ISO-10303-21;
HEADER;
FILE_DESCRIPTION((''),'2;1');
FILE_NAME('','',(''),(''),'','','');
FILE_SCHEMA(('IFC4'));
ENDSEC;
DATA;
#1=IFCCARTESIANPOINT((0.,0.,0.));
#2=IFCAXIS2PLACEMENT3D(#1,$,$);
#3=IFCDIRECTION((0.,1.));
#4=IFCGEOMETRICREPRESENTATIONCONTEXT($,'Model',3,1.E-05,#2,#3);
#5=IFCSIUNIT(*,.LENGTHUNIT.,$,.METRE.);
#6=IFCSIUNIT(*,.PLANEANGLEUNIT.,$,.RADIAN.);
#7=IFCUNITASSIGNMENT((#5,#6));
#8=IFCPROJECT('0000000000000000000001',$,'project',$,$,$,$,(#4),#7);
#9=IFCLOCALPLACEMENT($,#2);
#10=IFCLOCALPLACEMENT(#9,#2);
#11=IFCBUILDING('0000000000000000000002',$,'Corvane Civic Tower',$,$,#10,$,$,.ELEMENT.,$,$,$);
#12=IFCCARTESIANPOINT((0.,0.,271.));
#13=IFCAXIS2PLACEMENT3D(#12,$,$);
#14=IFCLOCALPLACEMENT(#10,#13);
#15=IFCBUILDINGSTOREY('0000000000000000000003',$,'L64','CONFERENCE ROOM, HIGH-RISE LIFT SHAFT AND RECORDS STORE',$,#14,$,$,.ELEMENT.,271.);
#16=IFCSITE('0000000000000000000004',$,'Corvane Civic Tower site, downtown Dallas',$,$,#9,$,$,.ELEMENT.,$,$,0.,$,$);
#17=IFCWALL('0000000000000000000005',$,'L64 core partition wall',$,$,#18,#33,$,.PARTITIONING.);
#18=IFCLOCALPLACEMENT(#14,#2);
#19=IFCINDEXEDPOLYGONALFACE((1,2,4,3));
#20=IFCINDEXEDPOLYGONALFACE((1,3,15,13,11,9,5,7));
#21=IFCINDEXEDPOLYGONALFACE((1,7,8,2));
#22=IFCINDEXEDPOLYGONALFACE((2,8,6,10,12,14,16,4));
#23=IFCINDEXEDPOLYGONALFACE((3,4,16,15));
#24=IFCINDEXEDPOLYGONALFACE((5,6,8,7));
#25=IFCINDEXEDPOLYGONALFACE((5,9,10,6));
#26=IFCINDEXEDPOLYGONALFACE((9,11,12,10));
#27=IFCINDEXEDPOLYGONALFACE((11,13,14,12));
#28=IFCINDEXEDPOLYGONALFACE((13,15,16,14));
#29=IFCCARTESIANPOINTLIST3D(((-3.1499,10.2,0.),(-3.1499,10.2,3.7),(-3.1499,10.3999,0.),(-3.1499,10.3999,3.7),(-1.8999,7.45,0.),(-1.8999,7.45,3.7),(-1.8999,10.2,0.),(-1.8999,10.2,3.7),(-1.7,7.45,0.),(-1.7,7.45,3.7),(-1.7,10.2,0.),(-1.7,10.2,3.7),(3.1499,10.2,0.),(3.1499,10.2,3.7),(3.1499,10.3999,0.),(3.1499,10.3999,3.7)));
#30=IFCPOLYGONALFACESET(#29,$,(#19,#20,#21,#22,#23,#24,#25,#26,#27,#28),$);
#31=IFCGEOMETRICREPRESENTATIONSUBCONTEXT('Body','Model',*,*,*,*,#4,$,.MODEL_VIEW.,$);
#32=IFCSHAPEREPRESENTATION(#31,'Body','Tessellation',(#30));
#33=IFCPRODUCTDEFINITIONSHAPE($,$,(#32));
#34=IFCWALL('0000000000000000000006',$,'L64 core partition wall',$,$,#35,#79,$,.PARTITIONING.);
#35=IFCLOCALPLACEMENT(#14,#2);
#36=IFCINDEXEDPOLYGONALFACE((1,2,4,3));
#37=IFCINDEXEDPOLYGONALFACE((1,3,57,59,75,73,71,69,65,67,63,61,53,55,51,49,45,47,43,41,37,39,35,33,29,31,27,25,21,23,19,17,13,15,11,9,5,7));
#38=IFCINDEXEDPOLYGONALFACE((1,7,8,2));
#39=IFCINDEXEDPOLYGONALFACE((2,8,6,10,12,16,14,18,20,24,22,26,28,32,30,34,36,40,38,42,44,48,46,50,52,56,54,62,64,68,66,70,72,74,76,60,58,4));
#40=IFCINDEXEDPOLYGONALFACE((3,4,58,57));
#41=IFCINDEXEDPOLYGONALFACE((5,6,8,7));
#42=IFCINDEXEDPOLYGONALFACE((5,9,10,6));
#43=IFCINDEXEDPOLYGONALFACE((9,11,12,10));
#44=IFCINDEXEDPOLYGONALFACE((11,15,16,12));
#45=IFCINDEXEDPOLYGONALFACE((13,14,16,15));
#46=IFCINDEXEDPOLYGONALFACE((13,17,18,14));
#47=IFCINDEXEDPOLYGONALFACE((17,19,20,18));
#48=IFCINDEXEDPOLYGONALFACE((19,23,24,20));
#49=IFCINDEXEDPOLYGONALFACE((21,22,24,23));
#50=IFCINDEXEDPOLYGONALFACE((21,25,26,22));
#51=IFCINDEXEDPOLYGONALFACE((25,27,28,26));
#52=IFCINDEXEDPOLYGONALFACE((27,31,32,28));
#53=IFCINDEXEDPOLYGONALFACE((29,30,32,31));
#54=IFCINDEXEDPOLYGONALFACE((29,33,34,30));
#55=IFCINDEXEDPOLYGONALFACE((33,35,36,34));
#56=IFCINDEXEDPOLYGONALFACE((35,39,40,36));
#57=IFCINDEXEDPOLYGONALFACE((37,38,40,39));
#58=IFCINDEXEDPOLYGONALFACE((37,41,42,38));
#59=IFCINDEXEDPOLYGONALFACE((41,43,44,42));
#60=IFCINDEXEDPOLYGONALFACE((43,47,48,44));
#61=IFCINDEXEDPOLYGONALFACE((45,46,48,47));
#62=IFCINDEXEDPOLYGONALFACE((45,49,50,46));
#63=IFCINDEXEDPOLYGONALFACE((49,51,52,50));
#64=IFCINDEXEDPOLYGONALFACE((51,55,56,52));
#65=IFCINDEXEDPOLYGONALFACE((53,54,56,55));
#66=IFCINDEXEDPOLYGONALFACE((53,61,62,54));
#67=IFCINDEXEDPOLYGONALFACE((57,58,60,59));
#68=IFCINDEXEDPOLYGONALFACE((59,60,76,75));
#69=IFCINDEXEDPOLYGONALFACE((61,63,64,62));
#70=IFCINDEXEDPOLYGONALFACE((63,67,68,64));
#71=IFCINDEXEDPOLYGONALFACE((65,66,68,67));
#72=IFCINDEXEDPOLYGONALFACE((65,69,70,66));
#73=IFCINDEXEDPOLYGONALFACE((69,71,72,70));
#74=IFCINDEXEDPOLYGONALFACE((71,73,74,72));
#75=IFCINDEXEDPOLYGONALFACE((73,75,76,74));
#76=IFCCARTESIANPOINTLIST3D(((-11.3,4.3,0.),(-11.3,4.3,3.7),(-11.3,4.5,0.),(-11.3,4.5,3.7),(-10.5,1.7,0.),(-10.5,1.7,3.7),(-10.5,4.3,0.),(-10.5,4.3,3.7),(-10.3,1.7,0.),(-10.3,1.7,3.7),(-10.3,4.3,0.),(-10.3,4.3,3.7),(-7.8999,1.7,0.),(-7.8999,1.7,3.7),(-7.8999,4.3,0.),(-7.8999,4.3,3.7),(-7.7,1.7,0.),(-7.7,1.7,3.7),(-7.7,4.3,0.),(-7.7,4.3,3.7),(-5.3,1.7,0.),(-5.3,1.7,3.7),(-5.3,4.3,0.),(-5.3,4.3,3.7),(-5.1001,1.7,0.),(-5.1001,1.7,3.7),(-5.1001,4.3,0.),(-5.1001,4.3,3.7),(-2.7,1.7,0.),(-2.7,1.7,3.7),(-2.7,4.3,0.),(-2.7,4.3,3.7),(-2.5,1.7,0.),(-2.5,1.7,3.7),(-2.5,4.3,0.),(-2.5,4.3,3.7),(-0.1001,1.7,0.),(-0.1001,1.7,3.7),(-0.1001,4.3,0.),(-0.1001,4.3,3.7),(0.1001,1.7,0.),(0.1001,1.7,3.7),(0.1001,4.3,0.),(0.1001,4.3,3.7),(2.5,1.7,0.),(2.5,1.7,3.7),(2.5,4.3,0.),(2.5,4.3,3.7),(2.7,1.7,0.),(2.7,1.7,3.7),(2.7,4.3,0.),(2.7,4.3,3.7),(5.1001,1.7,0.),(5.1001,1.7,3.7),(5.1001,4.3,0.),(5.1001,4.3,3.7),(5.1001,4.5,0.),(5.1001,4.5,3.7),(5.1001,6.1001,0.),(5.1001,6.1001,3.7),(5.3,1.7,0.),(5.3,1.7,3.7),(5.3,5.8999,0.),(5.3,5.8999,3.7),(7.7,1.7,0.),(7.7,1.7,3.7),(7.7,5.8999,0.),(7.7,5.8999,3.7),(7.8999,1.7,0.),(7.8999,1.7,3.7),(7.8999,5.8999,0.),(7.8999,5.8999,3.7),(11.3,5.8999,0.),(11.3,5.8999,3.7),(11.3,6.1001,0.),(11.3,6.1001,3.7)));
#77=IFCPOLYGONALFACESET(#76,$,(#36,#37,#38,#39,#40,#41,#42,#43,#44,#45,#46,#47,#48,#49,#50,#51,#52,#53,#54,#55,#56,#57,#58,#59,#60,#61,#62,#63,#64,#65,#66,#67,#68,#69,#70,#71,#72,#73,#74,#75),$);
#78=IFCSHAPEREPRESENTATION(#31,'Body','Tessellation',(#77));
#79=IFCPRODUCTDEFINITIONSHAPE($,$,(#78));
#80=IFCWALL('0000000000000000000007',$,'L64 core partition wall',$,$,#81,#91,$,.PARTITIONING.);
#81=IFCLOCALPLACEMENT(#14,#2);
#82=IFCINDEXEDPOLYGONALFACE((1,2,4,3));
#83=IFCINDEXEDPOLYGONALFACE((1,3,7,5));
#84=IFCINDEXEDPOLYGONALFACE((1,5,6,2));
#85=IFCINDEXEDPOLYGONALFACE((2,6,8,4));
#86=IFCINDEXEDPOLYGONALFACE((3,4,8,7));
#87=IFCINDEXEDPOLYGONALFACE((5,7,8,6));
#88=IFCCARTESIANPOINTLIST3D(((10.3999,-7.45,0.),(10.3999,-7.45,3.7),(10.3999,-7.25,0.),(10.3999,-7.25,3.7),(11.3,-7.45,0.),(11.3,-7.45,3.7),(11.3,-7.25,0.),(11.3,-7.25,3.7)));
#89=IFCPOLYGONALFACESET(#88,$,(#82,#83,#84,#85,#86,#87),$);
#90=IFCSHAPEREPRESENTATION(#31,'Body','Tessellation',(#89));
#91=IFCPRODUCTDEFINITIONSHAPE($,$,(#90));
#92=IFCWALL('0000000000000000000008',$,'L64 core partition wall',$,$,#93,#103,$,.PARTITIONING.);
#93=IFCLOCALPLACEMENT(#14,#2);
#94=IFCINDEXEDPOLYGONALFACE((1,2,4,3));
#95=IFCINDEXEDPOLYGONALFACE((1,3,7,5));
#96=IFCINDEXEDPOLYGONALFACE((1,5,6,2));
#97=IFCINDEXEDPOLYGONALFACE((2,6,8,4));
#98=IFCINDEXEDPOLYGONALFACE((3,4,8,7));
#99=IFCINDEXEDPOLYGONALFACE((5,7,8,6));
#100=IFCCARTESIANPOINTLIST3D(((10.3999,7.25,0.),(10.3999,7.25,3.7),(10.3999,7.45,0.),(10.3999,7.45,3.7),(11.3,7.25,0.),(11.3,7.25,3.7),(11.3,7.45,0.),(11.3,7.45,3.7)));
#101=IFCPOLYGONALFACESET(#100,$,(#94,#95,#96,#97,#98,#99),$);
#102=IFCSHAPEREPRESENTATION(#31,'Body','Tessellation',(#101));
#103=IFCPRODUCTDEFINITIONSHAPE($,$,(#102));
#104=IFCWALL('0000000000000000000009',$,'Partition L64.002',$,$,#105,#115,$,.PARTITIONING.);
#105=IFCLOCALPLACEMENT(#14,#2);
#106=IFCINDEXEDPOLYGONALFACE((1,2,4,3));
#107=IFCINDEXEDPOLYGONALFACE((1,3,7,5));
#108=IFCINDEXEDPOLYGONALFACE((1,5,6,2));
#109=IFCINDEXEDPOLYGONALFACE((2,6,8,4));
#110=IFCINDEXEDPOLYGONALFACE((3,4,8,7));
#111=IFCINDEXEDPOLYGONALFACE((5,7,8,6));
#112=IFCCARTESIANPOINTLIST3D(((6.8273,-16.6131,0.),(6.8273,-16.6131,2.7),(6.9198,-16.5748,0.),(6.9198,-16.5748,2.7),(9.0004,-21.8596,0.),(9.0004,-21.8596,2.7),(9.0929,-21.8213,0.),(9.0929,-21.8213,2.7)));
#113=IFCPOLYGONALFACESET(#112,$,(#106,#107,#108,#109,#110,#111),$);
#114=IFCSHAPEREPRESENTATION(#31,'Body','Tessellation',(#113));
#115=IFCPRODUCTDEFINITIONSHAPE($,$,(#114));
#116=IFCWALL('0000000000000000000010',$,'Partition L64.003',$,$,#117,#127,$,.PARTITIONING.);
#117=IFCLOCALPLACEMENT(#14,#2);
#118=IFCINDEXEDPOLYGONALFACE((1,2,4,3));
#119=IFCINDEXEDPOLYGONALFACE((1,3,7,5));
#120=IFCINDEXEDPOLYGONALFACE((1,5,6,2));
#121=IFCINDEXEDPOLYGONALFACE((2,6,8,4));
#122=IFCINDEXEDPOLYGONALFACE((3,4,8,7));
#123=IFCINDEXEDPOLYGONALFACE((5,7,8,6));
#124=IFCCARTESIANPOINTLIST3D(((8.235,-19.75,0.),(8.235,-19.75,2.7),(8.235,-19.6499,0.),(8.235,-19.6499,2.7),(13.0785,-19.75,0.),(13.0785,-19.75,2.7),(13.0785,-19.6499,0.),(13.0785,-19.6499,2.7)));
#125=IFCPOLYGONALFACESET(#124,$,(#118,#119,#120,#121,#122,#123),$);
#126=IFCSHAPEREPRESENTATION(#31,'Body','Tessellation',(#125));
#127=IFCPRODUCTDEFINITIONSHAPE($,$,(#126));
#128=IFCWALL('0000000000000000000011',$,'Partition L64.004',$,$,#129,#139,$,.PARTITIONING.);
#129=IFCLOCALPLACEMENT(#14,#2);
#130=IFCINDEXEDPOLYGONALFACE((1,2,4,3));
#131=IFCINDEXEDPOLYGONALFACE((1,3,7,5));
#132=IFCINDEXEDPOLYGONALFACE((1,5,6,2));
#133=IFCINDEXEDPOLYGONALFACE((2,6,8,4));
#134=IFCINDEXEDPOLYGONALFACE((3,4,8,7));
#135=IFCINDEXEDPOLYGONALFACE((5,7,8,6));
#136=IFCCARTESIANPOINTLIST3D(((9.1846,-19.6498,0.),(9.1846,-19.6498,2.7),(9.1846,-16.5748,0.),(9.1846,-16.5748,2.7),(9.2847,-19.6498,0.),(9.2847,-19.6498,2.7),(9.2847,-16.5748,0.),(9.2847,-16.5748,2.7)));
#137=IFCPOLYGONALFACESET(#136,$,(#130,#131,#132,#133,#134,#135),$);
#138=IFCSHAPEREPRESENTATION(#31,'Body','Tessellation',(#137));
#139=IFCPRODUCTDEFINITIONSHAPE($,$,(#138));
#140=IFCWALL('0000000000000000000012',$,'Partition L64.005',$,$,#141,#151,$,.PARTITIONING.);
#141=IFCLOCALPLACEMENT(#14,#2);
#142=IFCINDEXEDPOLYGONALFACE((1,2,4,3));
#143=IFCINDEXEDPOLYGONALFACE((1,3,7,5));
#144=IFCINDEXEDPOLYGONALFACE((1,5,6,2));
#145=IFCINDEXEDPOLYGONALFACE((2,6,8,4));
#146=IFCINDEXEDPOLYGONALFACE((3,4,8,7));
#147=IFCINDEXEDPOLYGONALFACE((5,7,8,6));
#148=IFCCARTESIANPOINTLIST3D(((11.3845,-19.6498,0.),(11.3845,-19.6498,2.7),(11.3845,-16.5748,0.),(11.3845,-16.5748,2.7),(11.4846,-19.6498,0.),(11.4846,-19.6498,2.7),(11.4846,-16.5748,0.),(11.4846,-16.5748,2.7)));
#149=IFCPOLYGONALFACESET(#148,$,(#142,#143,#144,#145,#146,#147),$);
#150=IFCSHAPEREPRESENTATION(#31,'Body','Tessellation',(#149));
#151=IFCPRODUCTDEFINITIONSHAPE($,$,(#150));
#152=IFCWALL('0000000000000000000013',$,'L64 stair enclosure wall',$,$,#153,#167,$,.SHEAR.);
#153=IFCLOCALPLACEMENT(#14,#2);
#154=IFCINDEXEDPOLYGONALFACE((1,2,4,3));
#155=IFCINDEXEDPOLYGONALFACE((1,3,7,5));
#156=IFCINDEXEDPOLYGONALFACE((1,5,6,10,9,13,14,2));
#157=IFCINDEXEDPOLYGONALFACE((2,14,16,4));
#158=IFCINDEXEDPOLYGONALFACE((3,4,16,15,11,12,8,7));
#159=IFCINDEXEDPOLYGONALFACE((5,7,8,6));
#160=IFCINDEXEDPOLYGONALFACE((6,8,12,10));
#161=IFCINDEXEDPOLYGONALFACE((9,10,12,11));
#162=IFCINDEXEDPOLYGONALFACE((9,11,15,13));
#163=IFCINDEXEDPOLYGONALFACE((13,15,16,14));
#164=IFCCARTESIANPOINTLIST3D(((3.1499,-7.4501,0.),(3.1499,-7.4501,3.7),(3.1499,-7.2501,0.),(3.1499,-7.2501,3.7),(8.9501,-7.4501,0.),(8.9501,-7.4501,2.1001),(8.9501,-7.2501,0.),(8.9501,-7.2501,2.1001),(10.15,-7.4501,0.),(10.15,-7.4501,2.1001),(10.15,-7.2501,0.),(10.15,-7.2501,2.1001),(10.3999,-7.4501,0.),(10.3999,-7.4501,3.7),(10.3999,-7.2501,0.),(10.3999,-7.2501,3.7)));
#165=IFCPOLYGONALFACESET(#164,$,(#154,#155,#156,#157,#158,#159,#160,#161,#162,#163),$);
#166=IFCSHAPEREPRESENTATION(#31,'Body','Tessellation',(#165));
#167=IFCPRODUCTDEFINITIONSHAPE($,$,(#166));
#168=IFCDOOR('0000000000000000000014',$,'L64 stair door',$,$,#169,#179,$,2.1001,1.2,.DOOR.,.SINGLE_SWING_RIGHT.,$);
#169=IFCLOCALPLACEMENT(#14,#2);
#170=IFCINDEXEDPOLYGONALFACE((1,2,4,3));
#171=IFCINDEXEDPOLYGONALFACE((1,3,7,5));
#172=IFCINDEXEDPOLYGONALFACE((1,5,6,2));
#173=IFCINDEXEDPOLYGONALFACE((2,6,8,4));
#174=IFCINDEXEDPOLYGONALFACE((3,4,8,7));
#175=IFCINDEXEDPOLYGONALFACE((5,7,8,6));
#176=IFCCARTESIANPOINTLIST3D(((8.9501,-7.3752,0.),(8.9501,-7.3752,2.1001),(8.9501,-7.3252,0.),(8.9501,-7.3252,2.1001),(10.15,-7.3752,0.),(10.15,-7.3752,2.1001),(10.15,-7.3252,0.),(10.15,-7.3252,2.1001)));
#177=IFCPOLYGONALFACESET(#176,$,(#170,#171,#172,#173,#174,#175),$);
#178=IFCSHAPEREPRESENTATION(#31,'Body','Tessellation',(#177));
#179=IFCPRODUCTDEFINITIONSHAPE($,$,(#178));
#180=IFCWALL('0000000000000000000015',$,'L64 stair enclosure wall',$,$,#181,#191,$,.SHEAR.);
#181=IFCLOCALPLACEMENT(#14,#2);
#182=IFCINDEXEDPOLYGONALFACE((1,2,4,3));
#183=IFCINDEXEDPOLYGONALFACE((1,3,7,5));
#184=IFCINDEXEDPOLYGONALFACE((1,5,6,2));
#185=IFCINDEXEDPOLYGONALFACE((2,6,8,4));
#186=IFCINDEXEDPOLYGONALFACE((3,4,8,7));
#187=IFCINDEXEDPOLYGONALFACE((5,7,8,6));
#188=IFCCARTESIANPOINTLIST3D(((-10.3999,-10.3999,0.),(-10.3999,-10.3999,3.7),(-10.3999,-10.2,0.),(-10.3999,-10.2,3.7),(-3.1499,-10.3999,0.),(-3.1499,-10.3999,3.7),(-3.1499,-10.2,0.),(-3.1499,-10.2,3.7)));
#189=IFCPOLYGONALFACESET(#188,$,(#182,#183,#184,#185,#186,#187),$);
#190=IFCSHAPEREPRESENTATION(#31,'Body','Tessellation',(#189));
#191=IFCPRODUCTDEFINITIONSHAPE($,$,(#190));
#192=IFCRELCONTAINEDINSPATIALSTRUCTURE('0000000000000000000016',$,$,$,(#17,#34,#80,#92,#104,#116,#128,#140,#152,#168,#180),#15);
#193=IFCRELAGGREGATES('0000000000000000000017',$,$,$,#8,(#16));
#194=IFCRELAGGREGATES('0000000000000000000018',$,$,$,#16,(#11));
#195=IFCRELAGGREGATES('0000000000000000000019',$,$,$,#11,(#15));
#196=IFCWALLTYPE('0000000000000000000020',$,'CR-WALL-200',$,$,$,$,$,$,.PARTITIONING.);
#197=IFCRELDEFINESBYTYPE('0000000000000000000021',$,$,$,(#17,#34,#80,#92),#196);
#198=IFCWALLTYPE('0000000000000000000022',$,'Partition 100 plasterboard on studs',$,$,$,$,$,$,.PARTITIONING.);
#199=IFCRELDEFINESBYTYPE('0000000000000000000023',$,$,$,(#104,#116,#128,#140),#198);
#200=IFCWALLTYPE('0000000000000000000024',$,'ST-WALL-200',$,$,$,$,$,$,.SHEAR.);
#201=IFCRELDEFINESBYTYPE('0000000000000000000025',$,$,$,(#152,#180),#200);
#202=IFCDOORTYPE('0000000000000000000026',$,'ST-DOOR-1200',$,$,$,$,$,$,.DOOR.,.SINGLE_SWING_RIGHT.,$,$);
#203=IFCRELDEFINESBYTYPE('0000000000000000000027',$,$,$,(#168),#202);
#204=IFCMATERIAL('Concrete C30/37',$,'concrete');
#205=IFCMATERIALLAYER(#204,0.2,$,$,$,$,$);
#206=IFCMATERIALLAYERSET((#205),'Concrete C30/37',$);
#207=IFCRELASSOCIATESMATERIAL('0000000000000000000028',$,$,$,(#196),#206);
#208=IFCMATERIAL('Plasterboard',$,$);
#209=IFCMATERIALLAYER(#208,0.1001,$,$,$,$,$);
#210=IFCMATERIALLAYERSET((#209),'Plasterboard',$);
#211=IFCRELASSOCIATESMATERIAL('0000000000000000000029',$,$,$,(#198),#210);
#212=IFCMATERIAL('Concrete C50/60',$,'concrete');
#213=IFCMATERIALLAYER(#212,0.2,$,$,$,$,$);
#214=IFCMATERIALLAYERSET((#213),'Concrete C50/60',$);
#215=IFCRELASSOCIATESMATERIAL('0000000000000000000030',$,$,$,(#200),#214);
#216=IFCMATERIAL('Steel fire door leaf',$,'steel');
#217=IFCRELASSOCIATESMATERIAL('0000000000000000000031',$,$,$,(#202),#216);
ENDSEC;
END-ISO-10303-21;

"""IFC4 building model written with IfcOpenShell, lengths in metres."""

from ifc_helpers import new_model, si_unit, direction, frame, frame_2d, origin, place, context, subcontext, project, spatial, polyline, rectangle, outline, extrude, material, layer, layer_set, type_object, element, fill, save


model = new_model("IFC4")

# Units and contexts
model_context = context("Model", 3, precision=1e-05, world=origin(), true_north=direction((0.0, 1.0)))
body_context = subcontext(model_context, "Body", "Model", "MODEL_VIEW")
ifc_project = project(units=[si_unit("LENGTHUNIT", "METRE"), si_unit("PLANEANGLEUNIT", "RADIAN")], contexts=[model_context])

# Site, building, storey
site_placement = place(None, origin())
site = spatial("IfcSite", under=ifc_project, at=site_placement, Name="Corvane Civic Tower site, downtown Dallas", CompositionType="ELEMENT", RefElevation=0.0)
building_placement = place(site_placement, origin())
building = spatial("IfcBuilding", under=site, at=building_placement, Name="Corvane Civic Tower", CompositionType="ELEMENT")
storey_placement = place(building_placement, frame((0.0, 0.0, 271.0)))
storey = spatial("IfcBuildingStorey", under=building, at=storey_placement, Name="L64", Description="CONFERENCE ROOM, HIGH-RISE LIFT SHAFT AND RECORDS STORE", CompositionType="ELEMENT", Elevation=271.0)

# Shared definitions
ifc_material_1 = material(Name="Concrete C30/37", Category="concrete")
ifc_layer_1 = layer(ifc_material_1, 0.2)
ifc_layer_set_1 = layer_set([ifc_layer_1], Name="Concrete C30/37")
wall_type_1 = type_object("IfcWallType", Name="CR-WALL-200", PredefinedType="PARTITIONING", material=ifc_layer_set_1)

# Walls
wall_1_placement = place(storey_placement, origin())
element("IfcWall", 1, at=wall_1_placement, inside=storey, type_object=wall_type_1, Name="L64 core partition wall", PredefinedType="PARTITIONING", context=body_context, shape_type="SweptSolid", body=[
    extrude(outline(polyline([(3.1499, 10.3999), (3.1499, 10.2), (-1.7, 10.2), (-1.7, 7.45), (-1.8999, 7.45), (-1.8999, 10.2), (-3.1499, 10.2), (-3.1499, 10.3999), (3.1499, 10.3999)])), origin(), (0.0, 0.0, 1.0), 3.7),
])
wall_2_placement = place(storey_placement, origin())
element("IfcWall", 2, at=wall_2_placement, inside=storey, type_object=wall_type_1, Name="L64 core partition wall", PredefinedType="PARTITIONING", context=body_context, shape_type="SweptSolid", body=[
    extrude(outline(polyline([(-10.5, 1.7), (-10.5, 4.3), (-11.3, 4.3), (-11.3, 4.5), (5.1001, 4.5), (5.1001, 6.1001), (11.3, 6.1001), (11.3, 5.8999), (7.8999, 5.8999), (7.8999, 1.7), (7.7, 1.7), (7.7, 5.8999), (5.3, 5.8999), (5.3, 1.7), (5.1001, 1.7), (5.1001, 4.3), (2.7, 4.3), (2.7, 1.7), (2.5, 1.7), (2.5, 4.3), (0.1001, 4.3), (0.1001, 1.7), (-0.1001, 1.7), (-0.1001, 4.3), (-2.5, 4.3), (-2.5, 1.7), (-2.7, 1.7), (-2.7, 4.3), (-5.1001, 4.3), (-5.1001, 1.7), (-5.3, 1.7), (-5.3, 4.3), (-7.7, 4.3), (-7.7, 1.7), (-7.8999, 1.7), (-7.8999, 4.3), (-10.3, 4.3), (-10.3, 1.7), (-10.5, 1.7)])), origin(), (0.0, 0.0, 1.0), 3.7),
])
wall_3_placement = place(storey_placement, origin())
element("IfcWall", 3, at=wall_3_placement, inside=storey, type_object=wall_type_1, Name="L64 core partition wall", PredefinedType="PARTITIONING", context=body_context, shape_type="SweptSolid", body=[
    extrude(outline(polyline([(11.3, -7.45), (10.3999, -7.45), (10.3999, -7.25), (11.3, -7.25), (11.3, -7.45)])), origin(), (0.0, 0.0, 1.0), 3.7),
])
wall_4_placement = place(storey_placement, origin())
element("IfcWall", 4, at=wall_4_placement, inside=storey, type_object=wall_type_1, Name="L64 core partition wall", PredefinedType="PARTITIONING", context=body_context, shape_type="SweptSolid", body=[
    extrude(outline(polyline([(10.3999, 7.25), (10.3999, 7.45), (11.3, 7.45), (11.3, 7.25), (10.3999, 7.25)])), origin(), (0.0, 0.0, 1.0), 3.7),
])
ifc_material_2 = material(Name="Plasterboard")
ifc_layer_2 = layer(ifc_material_2, 0.1001)
ifc_layer_set_2 = layer_set([ifc_layer_2], Name="Plasterboard")
wall_type_2 = type_object("IfcWallType", Name="Partition 100 plasterboard on studs", PredefinedType="PARTITIONING", material=ifc_layer_set_2)
wall_5_placement = place(storey_placement, frame((6.8735, -16.594, 0.0), z_axis=(0.0, 0.0, 1.0), x_axis=(0.382682, -0.92388, 0.0)))
element("IfcWall", 5, at=wall_5_placement, inside=storey, type_object=wall_type_2, Name="Partition L64.002", PredefinedType="PARTITIONING", context=body_context, shape_type="SweptSolid", body=[
    extrude(rectangle(XDim=5.6787, YDim=0.1001, at=frame_2d((2.8394, 0.0))), origin(), (0.0, 0.0, 1.0), 2.7),
])
wall_6_placement = place(storey_placement, frame((8.2349, -19.7, 0.0), z_axis=(0.0, 0.0, 1.0), x_axis=(1.0, 0.0, 0.0)))
element("IfcWall", 6, at=wall_6_placement, inside=storey, type_object=wall_type_2, Name="Partition L64.003", PredefinedType="PARTITIONING", context=body_context, shape_type="SweptSolid", body=[
    extrude(rectangle(XDim=4.8435, YDim=0.1001, at=frame_2d((2.4219, 0.0))), origin(), (0.0, 0.0, 1.0), 2.7),
])
for number, where, z_axis, x_axis, name in (
    (7, (9.2346, -19.6499, 0.0), (0.0, 0.0, 1.0), (0.0, 1.0, 0.0), "Partition L64.004"),
    (8, (11.4346, -19.6499, 0.0), (0.0, 0.0, 1.0), (0.0, 1.0, 0.0), "Partition L64.005"),
):
    element("IfcWall", number, at=place(storey_placement, frame(where, z_axis=z_axis, x_axis=x_axis)), inside=storey, type_object=wall_type_2, Name=name, PredefinedType="PARTITIONING", context=body_context, shape_type="SweptSolid", body=[
        extrude(rectangle(XDim=3.075, YDim=0.1001, at=frame_2d((1.5376, 0.0))), origin(), (0.0, 0.0, 1.0), 2.7),
    ])

# Wall, opening, door
ifc_material_3 = material(Name="Concrete C50/60", Category="concrete")
ifc_layer_3 = layer(ifc_material_3, 0.2)
ifc_layer_set_3 = layer_set([ifc_layer_3], Name="Concrete C50/60")
wall_type_3 = type_object("IfcWallType", Name="ST-WALL-200", PredefinedType="SHEAR", material=ifc_layer_set_3)
wall_7_placement = place(storey_placement, frame((3.1499, -7.3501, 0.0), z_axis=(0.0, 0.0, 1.0), x_axis=(1.0, 0.0, 0.0)))
wall_7 = element("IfcWall", 9, at=wall_7_placement, inside=storey, type_object=wall_type_3, Name="L64 stair enclosure wall", PredefinedType="SHEAR", context=body_context, shape_type="SweptSolid", body=[
    extrude(rectangle(XDim=7.25, YDim=0.2, at=frame_2d((3.625, 0.0))), origin(), (0.0, 0.0, 1.0), 3.7),
])
opening_1_placement = place(wall_7_placement, frame((5.8, 0.0, 0.0)))
opening_1 = element("IfcOpeningElement", 10, at=opening_1_placement, cuts=wall_7, PredefinedType="OPENING", context=body_context, shape_type="SweptSolid", body=[
    extrude(rectangle(XDim=1.2, YDim=2.1001, at=frame_2d((0.6001, 1.05))), frame((0.0, 0.1099, 0.0), z_axis=(0.0, -1.0, 0.0), x_axis=(1.0, 0.0, 0.0)), (0.0, 0.0, 1.0), 0.22),
])
ifc_material_4 = material(Name="Steel fire door leaf", Category="steel")
door_type_1 = type_object("IfcDoorType", Name="ST-DOOR-1200", OperationType="SINGLE_SWING_RIGHT", PredefinedType="DOOR", material=ifc_material_4)
door_1_placement = place(opening_1_placement, origin())
door_1 = element("IfcDoor", 11, at=door_1_placement, inside=storey, type_object=door_type_1, Name="L64 stair door", OperationType="SINGLE_SWING_RIGHT", OverallHeight=2.1001, OverallWidth=1.2, PredefinedType="DOOR", context=body_context, shape_type="SweptSolid", body=[
    extrude(rectangle(XDim=1.2, YDim=2.1001, at=frame_2d((0.6001, 1.05))), frame((0.0, 0.0249, 0.0), z_axis=(0.0, -1.0, 0.0), x_axis=(1.0, 0.0, 0.0)), (0.0, 0.0, 1.0), 0.05),
])
fill(opening_1, door_1)

# Wall
wall_8_placement = place(storey_placement, origin())
element("IfcWall", 12, at=wall_8_placement, inside=storey, type_object=wall_type_3, Name="L64 stair enclosure wall", PredefinedType="SHEAR", context=body_context, shape_type="SweptSolid", body=[
    extrude(outline(polyline([(-3.1499, -10.2), (-3.1499, -10.3999), (-10.3999, -10.3999), (-10.3999, -10.2), (-3.1499, -10.2)])), origin(), (0.0, 0.0, 1.0), 3.7),
])

save(model, "model.ifc")
